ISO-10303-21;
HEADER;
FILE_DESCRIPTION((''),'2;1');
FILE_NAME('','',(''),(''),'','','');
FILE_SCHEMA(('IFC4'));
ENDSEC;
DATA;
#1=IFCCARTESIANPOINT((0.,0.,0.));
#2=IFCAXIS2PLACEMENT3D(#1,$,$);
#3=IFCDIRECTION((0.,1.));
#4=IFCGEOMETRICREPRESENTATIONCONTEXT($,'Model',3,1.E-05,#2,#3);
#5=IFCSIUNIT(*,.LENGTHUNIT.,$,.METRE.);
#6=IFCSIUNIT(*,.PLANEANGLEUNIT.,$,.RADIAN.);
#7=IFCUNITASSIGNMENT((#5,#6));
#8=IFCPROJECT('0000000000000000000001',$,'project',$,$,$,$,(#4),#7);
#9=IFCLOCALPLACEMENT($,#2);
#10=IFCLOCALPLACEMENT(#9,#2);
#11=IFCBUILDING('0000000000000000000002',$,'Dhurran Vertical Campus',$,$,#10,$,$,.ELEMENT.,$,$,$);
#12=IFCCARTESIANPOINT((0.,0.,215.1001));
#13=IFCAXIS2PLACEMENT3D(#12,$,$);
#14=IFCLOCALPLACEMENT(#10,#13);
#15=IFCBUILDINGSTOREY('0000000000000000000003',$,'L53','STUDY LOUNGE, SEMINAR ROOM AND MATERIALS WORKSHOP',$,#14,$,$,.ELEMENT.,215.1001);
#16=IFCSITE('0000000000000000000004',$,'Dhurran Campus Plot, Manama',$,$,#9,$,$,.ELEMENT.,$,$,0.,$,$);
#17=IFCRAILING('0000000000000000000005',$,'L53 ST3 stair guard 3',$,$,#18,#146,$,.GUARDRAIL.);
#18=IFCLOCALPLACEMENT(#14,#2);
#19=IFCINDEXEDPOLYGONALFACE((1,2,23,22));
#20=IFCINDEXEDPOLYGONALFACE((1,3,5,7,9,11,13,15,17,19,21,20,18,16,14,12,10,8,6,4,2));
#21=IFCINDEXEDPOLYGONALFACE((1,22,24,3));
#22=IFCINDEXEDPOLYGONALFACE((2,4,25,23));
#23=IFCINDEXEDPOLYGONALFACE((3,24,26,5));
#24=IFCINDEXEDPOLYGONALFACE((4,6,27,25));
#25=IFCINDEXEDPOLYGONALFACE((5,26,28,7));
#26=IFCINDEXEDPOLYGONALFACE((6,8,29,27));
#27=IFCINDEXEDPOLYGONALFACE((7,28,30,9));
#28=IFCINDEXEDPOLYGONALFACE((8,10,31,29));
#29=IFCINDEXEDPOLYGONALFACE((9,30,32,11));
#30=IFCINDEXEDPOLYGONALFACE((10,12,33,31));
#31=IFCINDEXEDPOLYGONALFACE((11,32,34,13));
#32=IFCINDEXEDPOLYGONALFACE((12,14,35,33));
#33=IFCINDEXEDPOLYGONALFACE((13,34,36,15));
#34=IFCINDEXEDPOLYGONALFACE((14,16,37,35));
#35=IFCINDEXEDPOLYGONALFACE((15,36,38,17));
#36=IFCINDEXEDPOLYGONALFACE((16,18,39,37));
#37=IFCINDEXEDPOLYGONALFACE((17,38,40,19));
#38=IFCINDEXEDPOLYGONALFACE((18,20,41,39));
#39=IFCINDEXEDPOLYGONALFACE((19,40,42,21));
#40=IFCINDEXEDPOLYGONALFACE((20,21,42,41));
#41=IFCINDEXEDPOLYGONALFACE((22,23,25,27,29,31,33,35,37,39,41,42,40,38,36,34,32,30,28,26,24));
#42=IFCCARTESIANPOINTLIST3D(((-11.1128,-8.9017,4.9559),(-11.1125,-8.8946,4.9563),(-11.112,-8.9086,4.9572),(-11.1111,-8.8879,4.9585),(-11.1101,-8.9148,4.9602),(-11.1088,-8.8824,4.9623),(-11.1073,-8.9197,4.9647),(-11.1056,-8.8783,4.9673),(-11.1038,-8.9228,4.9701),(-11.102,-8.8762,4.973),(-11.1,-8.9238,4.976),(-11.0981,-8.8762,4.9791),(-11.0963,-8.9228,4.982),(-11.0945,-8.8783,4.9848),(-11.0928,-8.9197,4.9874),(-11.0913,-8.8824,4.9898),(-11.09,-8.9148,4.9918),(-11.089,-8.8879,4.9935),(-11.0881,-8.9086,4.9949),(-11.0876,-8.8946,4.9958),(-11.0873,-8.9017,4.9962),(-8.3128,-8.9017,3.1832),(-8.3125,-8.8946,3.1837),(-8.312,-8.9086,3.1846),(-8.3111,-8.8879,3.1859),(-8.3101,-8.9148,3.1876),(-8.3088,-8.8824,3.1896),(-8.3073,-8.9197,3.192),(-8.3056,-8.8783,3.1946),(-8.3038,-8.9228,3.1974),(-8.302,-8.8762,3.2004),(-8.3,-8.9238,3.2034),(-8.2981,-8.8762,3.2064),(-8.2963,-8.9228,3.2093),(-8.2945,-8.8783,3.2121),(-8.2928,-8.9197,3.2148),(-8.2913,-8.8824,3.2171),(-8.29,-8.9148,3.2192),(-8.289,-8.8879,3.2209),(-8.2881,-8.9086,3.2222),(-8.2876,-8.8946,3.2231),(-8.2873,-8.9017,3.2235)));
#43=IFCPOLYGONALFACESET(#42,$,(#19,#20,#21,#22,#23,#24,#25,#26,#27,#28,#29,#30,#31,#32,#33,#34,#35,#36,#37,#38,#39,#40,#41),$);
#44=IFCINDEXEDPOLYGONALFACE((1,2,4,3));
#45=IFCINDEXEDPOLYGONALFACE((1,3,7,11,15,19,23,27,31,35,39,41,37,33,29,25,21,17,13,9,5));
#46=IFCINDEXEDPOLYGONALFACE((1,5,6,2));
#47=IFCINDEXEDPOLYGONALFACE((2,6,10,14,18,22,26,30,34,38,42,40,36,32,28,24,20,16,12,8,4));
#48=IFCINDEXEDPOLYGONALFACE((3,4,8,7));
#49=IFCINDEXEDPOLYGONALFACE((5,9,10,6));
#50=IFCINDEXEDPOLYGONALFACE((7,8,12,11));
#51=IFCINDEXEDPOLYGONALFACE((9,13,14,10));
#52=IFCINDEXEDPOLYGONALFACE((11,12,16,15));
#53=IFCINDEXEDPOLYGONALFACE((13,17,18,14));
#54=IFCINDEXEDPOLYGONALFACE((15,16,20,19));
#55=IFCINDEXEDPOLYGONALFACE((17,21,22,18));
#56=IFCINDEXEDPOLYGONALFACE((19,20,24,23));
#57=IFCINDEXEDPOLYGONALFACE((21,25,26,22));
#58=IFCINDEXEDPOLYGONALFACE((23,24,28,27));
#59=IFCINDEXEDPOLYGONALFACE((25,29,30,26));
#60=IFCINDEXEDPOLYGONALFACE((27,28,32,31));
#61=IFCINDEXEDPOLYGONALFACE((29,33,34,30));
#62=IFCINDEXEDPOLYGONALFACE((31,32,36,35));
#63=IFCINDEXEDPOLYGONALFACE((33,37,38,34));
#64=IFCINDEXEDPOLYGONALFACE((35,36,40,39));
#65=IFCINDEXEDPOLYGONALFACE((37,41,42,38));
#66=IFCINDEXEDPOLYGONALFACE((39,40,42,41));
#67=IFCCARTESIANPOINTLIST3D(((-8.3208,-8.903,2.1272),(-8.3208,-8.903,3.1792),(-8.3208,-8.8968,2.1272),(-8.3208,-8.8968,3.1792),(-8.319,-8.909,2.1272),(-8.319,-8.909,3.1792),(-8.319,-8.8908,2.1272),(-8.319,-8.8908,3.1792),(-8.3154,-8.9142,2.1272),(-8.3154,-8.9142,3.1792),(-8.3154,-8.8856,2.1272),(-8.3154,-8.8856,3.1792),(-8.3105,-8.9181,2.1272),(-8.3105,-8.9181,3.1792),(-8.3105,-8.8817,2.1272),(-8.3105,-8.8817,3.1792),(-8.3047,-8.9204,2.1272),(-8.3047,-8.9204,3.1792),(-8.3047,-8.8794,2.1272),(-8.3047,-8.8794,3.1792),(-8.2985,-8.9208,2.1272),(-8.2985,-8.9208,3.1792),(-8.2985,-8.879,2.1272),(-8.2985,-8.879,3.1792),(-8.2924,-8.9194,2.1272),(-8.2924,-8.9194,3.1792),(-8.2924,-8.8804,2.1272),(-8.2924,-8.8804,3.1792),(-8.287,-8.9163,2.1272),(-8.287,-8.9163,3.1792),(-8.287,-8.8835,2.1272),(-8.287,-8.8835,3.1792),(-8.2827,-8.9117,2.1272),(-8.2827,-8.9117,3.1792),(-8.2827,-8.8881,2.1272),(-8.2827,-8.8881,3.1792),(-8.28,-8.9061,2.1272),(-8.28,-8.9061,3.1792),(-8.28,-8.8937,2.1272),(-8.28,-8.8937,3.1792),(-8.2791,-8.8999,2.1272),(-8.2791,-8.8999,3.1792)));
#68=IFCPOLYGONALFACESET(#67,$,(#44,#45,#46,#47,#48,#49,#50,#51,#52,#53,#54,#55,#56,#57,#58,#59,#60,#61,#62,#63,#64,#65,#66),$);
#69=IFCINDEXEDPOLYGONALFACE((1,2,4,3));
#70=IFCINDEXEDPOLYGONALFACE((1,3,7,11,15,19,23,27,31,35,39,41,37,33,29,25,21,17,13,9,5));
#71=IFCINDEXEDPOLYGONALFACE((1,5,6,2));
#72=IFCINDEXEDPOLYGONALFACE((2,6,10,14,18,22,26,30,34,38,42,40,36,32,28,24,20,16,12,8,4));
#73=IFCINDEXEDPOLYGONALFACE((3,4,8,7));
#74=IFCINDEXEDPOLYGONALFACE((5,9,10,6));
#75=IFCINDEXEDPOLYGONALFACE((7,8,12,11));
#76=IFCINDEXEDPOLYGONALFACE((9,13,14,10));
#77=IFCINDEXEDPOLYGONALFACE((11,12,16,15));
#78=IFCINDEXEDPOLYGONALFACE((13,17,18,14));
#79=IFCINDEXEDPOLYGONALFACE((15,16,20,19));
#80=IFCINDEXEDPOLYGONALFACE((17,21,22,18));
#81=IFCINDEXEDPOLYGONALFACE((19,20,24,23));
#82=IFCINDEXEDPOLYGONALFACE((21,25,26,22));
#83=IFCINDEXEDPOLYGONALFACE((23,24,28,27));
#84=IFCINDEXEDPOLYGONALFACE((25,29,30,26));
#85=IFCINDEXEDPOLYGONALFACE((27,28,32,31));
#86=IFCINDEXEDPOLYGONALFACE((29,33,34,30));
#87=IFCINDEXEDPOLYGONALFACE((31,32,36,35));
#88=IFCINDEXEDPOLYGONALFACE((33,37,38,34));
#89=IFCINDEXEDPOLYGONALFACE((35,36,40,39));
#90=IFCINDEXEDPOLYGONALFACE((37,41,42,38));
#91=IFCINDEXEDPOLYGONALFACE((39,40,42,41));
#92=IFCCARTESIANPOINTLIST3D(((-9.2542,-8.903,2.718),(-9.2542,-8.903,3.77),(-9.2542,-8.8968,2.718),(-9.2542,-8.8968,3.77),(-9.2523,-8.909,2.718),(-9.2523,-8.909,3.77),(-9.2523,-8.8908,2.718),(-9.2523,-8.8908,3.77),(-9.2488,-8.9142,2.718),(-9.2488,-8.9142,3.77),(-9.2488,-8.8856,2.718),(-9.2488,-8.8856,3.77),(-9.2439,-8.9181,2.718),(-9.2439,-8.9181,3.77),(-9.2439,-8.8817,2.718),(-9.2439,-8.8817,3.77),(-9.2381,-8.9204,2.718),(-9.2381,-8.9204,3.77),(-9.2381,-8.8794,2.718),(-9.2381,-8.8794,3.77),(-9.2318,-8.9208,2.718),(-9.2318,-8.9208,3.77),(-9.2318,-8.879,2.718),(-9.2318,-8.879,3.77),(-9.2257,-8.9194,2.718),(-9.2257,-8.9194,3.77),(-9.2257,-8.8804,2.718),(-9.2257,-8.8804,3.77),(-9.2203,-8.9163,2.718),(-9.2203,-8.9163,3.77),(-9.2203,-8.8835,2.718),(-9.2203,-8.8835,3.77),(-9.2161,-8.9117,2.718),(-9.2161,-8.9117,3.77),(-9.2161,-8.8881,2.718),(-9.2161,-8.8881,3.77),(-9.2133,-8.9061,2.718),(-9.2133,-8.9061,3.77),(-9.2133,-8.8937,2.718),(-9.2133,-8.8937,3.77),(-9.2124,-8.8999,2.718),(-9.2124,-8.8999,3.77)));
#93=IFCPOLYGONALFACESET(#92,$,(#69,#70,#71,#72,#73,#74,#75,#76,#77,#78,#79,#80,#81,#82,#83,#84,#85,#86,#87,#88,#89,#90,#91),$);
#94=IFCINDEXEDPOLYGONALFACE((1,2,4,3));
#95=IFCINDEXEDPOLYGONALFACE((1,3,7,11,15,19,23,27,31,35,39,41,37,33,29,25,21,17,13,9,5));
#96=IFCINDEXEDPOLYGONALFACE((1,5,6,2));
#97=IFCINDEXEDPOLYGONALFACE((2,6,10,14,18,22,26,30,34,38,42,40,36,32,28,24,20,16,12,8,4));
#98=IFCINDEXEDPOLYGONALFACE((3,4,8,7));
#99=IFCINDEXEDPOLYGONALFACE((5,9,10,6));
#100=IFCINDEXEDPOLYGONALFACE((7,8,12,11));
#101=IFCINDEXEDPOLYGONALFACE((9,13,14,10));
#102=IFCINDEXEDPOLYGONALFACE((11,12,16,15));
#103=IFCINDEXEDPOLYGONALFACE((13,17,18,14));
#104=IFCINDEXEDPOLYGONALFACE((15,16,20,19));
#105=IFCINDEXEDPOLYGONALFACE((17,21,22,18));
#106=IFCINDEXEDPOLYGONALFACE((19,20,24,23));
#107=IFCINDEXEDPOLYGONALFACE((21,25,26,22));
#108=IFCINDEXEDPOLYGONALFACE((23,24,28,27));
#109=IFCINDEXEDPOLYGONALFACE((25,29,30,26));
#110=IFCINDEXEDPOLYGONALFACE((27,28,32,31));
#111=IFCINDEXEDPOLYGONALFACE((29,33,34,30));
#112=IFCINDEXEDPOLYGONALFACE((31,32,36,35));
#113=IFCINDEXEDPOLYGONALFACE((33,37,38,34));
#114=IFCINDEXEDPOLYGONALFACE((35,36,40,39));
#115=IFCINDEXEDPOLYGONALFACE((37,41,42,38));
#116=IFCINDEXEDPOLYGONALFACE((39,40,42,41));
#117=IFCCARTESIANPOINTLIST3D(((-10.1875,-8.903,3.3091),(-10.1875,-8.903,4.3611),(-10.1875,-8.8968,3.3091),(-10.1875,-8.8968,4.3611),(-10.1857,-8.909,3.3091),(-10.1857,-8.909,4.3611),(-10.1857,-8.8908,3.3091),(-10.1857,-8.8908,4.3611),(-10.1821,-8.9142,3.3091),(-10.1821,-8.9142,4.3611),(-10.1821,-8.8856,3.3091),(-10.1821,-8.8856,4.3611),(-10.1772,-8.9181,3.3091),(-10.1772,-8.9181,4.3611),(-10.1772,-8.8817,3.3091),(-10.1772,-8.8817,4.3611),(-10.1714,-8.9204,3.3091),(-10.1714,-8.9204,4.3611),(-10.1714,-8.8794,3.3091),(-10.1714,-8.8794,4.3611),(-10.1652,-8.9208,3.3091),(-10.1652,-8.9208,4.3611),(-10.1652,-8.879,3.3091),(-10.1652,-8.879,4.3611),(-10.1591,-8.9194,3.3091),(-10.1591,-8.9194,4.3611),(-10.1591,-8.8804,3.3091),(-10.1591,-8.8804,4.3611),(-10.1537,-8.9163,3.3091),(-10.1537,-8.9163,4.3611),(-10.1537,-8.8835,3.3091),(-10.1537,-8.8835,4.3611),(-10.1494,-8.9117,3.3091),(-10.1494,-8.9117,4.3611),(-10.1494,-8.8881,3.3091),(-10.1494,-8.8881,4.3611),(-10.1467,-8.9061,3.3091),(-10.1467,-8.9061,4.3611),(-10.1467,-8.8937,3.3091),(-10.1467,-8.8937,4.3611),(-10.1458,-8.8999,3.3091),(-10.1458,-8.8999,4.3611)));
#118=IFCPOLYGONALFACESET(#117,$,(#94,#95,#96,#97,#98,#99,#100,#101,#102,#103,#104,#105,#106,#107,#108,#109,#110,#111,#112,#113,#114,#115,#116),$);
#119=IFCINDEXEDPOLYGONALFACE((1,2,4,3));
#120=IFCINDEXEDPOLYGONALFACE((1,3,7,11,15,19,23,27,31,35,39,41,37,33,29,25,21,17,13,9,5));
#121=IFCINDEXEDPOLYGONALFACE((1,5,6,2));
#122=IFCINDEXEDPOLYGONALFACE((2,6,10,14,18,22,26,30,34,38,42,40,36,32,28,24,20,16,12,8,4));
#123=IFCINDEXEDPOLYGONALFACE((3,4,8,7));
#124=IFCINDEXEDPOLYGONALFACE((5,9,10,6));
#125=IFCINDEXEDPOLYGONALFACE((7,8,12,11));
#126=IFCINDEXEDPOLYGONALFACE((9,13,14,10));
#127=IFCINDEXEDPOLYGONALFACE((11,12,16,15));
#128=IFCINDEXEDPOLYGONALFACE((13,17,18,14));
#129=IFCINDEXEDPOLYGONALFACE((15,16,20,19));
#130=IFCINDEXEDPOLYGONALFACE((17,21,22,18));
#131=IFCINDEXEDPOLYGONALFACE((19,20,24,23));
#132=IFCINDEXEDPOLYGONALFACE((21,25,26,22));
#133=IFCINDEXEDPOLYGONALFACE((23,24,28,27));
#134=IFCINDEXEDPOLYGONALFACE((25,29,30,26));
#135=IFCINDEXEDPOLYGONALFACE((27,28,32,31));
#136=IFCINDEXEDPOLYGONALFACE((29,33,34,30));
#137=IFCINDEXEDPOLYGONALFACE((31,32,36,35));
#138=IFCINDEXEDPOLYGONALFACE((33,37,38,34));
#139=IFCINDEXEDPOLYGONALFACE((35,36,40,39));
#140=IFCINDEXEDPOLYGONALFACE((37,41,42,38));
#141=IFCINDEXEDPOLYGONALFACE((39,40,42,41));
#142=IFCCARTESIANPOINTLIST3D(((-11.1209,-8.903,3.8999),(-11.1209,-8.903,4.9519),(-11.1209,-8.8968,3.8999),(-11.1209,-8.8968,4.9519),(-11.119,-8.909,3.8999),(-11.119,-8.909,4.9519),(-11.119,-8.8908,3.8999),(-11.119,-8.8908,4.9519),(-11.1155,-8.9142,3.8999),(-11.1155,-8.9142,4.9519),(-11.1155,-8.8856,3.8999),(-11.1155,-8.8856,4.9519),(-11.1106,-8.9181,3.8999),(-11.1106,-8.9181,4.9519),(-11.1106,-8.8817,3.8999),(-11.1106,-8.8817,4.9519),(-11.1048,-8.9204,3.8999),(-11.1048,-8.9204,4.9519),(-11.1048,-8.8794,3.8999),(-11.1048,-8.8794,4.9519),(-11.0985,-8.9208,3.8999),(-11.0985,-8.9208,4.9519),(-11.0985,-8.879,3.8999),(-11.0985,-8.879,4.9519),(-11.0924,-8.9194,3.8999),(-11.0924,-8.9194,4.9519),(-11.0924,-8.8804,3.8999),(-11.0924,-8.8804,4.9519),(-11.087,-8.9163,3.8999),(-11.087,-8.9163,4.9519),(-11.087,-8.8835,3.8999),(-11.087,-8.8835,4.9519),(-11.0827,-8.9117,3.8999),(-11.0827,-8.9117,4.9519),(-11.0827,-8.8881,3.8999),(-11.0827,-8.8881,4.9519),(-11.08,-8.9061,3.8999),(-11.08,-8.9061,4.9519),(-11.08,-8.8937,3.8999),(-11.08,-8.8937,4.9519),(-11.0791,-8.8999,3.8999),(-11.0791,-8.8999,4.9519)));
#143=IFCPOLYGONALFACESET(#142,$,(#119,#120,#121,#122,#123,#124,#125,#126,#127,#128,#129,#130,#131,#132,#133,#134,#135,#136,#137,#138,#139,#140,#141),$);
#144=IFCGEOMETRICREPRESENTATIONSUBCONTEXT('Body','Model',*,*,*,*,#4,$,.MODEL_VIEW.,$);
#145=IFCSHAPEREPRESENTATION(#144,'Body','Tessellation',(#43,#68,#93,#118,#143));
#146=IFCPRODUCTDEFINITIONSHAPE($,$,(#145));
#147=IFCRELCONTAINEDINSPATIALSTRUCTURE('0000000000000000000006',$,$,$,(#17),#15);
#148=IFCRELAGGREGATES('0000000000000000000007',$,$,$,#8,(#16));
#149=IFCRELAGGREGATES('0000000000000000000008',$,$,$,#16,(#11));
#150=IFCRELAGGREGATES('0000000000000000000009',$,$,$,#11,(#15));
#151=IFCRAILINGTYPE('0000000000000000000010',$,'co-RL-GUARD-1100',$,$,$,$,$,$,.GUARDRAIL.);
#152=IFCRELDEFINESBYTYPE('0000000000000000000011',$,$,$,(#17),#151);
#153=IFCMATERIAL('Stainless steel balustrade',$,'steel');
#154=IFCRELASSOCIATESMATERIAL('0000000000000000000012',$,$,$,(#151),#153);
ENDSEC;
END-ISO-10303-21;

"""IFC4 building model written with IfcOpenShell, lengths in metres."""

from ifc_helpers import new_model, si_unit, direction, frame, origin, origin_2d, place, context, subcontext, project, spatial, circle, extrude, material, type_object, element, save


model = new_model("IFC4")

# Units and contexts
model_context = context("Model", 3, precision=1e-05, world=origin(), true_north=direction((0.0, 1.0)))
body_context = subcontext(model_context, "Body", "Model", "MODEL_VIEW")
ifc_project = project(units=[si_unit("LENGTHUNIT", "METRE"), si_unit("PLANEANGLEUNIT", "RADIAN")], contexts=[model_context])

# Site, building, storey
site_placement = place(None, origin())
site = spatial("IfcSite", under=ifc_project, at=site_placement, Name="Dhurran Campus Plot, Manama", CompositionType="ELEMENT", RefElevation=0.0)
building_placement = place(site_placement, origin())
building = spatial("IfcBuilding", under=site, at=building_placement, Name="Dhurran Vertical Campus", CompositionType="ELEMENT")
storey_placement = place(building_placement, frame((0.0, 0.0, 215.1001)))
storey = spatial("IfcBuildingStorey", under=building, at=storey_placement, Name="L53", Description="STUDY LOUNGE, SEMINAR ROOM AND MATERIALS WORKSHOP", CompositionType="ELEMENT", Elevation=215.1001)

# Railing
ifc_material_1 = material(Name="Stainless steel balustrade", Category="steel")
railing_type_1 = type_object("IfcRailingType", Name="co-RL-GUARD-1100", PredefinedType="GUARDRAIL", material=ifc_material_1)
railing_1_placement = place(storey_placement, frame((-8.3, -8.8999, 2.1272)))
element("IfcRailing", 1, at=railing_1_placement, inside=storey, type_object=railing_type_1, Name="L53 ST3 stair guard 3", PredefinedType="GUARDRAIL", context=body_context, shape_type="SweptSolid", body=[
    extrude(circle(Radius=0.0239, at=origin_2d()), frame((0.0, 0.0, 1.0762), z_axis=(-0.844909, 0.0, 0.53491), x_axis=(0.0, -1.0, 0.0)), (0.0, 0.0, 1.0), 3.314),
    extrude(circle(Radius=0.021, at=origin_2d()), origin(), (0.0, 0.0, 1.0), 1.052),
    extrude(circle(Radius=0.021, at=origin_2d()), frame((-0.9333, 0.0, 0.5908)), (0.0, 0.0, 1.0), 1.052),
    extrude(circle(Radius=0.021, at=origin_2d()), frame((-1.8667, 0.0, 1.1819)), (0.0, 0.0, 1.0), 1.052),
    extrude(circle(Radius=0.021, at=origin_2d()), frame((-2.8, 0.0, 1.7727)), (0.0, 0.0, 1.0), 1.052),
])

save(model, "model.ifc")
